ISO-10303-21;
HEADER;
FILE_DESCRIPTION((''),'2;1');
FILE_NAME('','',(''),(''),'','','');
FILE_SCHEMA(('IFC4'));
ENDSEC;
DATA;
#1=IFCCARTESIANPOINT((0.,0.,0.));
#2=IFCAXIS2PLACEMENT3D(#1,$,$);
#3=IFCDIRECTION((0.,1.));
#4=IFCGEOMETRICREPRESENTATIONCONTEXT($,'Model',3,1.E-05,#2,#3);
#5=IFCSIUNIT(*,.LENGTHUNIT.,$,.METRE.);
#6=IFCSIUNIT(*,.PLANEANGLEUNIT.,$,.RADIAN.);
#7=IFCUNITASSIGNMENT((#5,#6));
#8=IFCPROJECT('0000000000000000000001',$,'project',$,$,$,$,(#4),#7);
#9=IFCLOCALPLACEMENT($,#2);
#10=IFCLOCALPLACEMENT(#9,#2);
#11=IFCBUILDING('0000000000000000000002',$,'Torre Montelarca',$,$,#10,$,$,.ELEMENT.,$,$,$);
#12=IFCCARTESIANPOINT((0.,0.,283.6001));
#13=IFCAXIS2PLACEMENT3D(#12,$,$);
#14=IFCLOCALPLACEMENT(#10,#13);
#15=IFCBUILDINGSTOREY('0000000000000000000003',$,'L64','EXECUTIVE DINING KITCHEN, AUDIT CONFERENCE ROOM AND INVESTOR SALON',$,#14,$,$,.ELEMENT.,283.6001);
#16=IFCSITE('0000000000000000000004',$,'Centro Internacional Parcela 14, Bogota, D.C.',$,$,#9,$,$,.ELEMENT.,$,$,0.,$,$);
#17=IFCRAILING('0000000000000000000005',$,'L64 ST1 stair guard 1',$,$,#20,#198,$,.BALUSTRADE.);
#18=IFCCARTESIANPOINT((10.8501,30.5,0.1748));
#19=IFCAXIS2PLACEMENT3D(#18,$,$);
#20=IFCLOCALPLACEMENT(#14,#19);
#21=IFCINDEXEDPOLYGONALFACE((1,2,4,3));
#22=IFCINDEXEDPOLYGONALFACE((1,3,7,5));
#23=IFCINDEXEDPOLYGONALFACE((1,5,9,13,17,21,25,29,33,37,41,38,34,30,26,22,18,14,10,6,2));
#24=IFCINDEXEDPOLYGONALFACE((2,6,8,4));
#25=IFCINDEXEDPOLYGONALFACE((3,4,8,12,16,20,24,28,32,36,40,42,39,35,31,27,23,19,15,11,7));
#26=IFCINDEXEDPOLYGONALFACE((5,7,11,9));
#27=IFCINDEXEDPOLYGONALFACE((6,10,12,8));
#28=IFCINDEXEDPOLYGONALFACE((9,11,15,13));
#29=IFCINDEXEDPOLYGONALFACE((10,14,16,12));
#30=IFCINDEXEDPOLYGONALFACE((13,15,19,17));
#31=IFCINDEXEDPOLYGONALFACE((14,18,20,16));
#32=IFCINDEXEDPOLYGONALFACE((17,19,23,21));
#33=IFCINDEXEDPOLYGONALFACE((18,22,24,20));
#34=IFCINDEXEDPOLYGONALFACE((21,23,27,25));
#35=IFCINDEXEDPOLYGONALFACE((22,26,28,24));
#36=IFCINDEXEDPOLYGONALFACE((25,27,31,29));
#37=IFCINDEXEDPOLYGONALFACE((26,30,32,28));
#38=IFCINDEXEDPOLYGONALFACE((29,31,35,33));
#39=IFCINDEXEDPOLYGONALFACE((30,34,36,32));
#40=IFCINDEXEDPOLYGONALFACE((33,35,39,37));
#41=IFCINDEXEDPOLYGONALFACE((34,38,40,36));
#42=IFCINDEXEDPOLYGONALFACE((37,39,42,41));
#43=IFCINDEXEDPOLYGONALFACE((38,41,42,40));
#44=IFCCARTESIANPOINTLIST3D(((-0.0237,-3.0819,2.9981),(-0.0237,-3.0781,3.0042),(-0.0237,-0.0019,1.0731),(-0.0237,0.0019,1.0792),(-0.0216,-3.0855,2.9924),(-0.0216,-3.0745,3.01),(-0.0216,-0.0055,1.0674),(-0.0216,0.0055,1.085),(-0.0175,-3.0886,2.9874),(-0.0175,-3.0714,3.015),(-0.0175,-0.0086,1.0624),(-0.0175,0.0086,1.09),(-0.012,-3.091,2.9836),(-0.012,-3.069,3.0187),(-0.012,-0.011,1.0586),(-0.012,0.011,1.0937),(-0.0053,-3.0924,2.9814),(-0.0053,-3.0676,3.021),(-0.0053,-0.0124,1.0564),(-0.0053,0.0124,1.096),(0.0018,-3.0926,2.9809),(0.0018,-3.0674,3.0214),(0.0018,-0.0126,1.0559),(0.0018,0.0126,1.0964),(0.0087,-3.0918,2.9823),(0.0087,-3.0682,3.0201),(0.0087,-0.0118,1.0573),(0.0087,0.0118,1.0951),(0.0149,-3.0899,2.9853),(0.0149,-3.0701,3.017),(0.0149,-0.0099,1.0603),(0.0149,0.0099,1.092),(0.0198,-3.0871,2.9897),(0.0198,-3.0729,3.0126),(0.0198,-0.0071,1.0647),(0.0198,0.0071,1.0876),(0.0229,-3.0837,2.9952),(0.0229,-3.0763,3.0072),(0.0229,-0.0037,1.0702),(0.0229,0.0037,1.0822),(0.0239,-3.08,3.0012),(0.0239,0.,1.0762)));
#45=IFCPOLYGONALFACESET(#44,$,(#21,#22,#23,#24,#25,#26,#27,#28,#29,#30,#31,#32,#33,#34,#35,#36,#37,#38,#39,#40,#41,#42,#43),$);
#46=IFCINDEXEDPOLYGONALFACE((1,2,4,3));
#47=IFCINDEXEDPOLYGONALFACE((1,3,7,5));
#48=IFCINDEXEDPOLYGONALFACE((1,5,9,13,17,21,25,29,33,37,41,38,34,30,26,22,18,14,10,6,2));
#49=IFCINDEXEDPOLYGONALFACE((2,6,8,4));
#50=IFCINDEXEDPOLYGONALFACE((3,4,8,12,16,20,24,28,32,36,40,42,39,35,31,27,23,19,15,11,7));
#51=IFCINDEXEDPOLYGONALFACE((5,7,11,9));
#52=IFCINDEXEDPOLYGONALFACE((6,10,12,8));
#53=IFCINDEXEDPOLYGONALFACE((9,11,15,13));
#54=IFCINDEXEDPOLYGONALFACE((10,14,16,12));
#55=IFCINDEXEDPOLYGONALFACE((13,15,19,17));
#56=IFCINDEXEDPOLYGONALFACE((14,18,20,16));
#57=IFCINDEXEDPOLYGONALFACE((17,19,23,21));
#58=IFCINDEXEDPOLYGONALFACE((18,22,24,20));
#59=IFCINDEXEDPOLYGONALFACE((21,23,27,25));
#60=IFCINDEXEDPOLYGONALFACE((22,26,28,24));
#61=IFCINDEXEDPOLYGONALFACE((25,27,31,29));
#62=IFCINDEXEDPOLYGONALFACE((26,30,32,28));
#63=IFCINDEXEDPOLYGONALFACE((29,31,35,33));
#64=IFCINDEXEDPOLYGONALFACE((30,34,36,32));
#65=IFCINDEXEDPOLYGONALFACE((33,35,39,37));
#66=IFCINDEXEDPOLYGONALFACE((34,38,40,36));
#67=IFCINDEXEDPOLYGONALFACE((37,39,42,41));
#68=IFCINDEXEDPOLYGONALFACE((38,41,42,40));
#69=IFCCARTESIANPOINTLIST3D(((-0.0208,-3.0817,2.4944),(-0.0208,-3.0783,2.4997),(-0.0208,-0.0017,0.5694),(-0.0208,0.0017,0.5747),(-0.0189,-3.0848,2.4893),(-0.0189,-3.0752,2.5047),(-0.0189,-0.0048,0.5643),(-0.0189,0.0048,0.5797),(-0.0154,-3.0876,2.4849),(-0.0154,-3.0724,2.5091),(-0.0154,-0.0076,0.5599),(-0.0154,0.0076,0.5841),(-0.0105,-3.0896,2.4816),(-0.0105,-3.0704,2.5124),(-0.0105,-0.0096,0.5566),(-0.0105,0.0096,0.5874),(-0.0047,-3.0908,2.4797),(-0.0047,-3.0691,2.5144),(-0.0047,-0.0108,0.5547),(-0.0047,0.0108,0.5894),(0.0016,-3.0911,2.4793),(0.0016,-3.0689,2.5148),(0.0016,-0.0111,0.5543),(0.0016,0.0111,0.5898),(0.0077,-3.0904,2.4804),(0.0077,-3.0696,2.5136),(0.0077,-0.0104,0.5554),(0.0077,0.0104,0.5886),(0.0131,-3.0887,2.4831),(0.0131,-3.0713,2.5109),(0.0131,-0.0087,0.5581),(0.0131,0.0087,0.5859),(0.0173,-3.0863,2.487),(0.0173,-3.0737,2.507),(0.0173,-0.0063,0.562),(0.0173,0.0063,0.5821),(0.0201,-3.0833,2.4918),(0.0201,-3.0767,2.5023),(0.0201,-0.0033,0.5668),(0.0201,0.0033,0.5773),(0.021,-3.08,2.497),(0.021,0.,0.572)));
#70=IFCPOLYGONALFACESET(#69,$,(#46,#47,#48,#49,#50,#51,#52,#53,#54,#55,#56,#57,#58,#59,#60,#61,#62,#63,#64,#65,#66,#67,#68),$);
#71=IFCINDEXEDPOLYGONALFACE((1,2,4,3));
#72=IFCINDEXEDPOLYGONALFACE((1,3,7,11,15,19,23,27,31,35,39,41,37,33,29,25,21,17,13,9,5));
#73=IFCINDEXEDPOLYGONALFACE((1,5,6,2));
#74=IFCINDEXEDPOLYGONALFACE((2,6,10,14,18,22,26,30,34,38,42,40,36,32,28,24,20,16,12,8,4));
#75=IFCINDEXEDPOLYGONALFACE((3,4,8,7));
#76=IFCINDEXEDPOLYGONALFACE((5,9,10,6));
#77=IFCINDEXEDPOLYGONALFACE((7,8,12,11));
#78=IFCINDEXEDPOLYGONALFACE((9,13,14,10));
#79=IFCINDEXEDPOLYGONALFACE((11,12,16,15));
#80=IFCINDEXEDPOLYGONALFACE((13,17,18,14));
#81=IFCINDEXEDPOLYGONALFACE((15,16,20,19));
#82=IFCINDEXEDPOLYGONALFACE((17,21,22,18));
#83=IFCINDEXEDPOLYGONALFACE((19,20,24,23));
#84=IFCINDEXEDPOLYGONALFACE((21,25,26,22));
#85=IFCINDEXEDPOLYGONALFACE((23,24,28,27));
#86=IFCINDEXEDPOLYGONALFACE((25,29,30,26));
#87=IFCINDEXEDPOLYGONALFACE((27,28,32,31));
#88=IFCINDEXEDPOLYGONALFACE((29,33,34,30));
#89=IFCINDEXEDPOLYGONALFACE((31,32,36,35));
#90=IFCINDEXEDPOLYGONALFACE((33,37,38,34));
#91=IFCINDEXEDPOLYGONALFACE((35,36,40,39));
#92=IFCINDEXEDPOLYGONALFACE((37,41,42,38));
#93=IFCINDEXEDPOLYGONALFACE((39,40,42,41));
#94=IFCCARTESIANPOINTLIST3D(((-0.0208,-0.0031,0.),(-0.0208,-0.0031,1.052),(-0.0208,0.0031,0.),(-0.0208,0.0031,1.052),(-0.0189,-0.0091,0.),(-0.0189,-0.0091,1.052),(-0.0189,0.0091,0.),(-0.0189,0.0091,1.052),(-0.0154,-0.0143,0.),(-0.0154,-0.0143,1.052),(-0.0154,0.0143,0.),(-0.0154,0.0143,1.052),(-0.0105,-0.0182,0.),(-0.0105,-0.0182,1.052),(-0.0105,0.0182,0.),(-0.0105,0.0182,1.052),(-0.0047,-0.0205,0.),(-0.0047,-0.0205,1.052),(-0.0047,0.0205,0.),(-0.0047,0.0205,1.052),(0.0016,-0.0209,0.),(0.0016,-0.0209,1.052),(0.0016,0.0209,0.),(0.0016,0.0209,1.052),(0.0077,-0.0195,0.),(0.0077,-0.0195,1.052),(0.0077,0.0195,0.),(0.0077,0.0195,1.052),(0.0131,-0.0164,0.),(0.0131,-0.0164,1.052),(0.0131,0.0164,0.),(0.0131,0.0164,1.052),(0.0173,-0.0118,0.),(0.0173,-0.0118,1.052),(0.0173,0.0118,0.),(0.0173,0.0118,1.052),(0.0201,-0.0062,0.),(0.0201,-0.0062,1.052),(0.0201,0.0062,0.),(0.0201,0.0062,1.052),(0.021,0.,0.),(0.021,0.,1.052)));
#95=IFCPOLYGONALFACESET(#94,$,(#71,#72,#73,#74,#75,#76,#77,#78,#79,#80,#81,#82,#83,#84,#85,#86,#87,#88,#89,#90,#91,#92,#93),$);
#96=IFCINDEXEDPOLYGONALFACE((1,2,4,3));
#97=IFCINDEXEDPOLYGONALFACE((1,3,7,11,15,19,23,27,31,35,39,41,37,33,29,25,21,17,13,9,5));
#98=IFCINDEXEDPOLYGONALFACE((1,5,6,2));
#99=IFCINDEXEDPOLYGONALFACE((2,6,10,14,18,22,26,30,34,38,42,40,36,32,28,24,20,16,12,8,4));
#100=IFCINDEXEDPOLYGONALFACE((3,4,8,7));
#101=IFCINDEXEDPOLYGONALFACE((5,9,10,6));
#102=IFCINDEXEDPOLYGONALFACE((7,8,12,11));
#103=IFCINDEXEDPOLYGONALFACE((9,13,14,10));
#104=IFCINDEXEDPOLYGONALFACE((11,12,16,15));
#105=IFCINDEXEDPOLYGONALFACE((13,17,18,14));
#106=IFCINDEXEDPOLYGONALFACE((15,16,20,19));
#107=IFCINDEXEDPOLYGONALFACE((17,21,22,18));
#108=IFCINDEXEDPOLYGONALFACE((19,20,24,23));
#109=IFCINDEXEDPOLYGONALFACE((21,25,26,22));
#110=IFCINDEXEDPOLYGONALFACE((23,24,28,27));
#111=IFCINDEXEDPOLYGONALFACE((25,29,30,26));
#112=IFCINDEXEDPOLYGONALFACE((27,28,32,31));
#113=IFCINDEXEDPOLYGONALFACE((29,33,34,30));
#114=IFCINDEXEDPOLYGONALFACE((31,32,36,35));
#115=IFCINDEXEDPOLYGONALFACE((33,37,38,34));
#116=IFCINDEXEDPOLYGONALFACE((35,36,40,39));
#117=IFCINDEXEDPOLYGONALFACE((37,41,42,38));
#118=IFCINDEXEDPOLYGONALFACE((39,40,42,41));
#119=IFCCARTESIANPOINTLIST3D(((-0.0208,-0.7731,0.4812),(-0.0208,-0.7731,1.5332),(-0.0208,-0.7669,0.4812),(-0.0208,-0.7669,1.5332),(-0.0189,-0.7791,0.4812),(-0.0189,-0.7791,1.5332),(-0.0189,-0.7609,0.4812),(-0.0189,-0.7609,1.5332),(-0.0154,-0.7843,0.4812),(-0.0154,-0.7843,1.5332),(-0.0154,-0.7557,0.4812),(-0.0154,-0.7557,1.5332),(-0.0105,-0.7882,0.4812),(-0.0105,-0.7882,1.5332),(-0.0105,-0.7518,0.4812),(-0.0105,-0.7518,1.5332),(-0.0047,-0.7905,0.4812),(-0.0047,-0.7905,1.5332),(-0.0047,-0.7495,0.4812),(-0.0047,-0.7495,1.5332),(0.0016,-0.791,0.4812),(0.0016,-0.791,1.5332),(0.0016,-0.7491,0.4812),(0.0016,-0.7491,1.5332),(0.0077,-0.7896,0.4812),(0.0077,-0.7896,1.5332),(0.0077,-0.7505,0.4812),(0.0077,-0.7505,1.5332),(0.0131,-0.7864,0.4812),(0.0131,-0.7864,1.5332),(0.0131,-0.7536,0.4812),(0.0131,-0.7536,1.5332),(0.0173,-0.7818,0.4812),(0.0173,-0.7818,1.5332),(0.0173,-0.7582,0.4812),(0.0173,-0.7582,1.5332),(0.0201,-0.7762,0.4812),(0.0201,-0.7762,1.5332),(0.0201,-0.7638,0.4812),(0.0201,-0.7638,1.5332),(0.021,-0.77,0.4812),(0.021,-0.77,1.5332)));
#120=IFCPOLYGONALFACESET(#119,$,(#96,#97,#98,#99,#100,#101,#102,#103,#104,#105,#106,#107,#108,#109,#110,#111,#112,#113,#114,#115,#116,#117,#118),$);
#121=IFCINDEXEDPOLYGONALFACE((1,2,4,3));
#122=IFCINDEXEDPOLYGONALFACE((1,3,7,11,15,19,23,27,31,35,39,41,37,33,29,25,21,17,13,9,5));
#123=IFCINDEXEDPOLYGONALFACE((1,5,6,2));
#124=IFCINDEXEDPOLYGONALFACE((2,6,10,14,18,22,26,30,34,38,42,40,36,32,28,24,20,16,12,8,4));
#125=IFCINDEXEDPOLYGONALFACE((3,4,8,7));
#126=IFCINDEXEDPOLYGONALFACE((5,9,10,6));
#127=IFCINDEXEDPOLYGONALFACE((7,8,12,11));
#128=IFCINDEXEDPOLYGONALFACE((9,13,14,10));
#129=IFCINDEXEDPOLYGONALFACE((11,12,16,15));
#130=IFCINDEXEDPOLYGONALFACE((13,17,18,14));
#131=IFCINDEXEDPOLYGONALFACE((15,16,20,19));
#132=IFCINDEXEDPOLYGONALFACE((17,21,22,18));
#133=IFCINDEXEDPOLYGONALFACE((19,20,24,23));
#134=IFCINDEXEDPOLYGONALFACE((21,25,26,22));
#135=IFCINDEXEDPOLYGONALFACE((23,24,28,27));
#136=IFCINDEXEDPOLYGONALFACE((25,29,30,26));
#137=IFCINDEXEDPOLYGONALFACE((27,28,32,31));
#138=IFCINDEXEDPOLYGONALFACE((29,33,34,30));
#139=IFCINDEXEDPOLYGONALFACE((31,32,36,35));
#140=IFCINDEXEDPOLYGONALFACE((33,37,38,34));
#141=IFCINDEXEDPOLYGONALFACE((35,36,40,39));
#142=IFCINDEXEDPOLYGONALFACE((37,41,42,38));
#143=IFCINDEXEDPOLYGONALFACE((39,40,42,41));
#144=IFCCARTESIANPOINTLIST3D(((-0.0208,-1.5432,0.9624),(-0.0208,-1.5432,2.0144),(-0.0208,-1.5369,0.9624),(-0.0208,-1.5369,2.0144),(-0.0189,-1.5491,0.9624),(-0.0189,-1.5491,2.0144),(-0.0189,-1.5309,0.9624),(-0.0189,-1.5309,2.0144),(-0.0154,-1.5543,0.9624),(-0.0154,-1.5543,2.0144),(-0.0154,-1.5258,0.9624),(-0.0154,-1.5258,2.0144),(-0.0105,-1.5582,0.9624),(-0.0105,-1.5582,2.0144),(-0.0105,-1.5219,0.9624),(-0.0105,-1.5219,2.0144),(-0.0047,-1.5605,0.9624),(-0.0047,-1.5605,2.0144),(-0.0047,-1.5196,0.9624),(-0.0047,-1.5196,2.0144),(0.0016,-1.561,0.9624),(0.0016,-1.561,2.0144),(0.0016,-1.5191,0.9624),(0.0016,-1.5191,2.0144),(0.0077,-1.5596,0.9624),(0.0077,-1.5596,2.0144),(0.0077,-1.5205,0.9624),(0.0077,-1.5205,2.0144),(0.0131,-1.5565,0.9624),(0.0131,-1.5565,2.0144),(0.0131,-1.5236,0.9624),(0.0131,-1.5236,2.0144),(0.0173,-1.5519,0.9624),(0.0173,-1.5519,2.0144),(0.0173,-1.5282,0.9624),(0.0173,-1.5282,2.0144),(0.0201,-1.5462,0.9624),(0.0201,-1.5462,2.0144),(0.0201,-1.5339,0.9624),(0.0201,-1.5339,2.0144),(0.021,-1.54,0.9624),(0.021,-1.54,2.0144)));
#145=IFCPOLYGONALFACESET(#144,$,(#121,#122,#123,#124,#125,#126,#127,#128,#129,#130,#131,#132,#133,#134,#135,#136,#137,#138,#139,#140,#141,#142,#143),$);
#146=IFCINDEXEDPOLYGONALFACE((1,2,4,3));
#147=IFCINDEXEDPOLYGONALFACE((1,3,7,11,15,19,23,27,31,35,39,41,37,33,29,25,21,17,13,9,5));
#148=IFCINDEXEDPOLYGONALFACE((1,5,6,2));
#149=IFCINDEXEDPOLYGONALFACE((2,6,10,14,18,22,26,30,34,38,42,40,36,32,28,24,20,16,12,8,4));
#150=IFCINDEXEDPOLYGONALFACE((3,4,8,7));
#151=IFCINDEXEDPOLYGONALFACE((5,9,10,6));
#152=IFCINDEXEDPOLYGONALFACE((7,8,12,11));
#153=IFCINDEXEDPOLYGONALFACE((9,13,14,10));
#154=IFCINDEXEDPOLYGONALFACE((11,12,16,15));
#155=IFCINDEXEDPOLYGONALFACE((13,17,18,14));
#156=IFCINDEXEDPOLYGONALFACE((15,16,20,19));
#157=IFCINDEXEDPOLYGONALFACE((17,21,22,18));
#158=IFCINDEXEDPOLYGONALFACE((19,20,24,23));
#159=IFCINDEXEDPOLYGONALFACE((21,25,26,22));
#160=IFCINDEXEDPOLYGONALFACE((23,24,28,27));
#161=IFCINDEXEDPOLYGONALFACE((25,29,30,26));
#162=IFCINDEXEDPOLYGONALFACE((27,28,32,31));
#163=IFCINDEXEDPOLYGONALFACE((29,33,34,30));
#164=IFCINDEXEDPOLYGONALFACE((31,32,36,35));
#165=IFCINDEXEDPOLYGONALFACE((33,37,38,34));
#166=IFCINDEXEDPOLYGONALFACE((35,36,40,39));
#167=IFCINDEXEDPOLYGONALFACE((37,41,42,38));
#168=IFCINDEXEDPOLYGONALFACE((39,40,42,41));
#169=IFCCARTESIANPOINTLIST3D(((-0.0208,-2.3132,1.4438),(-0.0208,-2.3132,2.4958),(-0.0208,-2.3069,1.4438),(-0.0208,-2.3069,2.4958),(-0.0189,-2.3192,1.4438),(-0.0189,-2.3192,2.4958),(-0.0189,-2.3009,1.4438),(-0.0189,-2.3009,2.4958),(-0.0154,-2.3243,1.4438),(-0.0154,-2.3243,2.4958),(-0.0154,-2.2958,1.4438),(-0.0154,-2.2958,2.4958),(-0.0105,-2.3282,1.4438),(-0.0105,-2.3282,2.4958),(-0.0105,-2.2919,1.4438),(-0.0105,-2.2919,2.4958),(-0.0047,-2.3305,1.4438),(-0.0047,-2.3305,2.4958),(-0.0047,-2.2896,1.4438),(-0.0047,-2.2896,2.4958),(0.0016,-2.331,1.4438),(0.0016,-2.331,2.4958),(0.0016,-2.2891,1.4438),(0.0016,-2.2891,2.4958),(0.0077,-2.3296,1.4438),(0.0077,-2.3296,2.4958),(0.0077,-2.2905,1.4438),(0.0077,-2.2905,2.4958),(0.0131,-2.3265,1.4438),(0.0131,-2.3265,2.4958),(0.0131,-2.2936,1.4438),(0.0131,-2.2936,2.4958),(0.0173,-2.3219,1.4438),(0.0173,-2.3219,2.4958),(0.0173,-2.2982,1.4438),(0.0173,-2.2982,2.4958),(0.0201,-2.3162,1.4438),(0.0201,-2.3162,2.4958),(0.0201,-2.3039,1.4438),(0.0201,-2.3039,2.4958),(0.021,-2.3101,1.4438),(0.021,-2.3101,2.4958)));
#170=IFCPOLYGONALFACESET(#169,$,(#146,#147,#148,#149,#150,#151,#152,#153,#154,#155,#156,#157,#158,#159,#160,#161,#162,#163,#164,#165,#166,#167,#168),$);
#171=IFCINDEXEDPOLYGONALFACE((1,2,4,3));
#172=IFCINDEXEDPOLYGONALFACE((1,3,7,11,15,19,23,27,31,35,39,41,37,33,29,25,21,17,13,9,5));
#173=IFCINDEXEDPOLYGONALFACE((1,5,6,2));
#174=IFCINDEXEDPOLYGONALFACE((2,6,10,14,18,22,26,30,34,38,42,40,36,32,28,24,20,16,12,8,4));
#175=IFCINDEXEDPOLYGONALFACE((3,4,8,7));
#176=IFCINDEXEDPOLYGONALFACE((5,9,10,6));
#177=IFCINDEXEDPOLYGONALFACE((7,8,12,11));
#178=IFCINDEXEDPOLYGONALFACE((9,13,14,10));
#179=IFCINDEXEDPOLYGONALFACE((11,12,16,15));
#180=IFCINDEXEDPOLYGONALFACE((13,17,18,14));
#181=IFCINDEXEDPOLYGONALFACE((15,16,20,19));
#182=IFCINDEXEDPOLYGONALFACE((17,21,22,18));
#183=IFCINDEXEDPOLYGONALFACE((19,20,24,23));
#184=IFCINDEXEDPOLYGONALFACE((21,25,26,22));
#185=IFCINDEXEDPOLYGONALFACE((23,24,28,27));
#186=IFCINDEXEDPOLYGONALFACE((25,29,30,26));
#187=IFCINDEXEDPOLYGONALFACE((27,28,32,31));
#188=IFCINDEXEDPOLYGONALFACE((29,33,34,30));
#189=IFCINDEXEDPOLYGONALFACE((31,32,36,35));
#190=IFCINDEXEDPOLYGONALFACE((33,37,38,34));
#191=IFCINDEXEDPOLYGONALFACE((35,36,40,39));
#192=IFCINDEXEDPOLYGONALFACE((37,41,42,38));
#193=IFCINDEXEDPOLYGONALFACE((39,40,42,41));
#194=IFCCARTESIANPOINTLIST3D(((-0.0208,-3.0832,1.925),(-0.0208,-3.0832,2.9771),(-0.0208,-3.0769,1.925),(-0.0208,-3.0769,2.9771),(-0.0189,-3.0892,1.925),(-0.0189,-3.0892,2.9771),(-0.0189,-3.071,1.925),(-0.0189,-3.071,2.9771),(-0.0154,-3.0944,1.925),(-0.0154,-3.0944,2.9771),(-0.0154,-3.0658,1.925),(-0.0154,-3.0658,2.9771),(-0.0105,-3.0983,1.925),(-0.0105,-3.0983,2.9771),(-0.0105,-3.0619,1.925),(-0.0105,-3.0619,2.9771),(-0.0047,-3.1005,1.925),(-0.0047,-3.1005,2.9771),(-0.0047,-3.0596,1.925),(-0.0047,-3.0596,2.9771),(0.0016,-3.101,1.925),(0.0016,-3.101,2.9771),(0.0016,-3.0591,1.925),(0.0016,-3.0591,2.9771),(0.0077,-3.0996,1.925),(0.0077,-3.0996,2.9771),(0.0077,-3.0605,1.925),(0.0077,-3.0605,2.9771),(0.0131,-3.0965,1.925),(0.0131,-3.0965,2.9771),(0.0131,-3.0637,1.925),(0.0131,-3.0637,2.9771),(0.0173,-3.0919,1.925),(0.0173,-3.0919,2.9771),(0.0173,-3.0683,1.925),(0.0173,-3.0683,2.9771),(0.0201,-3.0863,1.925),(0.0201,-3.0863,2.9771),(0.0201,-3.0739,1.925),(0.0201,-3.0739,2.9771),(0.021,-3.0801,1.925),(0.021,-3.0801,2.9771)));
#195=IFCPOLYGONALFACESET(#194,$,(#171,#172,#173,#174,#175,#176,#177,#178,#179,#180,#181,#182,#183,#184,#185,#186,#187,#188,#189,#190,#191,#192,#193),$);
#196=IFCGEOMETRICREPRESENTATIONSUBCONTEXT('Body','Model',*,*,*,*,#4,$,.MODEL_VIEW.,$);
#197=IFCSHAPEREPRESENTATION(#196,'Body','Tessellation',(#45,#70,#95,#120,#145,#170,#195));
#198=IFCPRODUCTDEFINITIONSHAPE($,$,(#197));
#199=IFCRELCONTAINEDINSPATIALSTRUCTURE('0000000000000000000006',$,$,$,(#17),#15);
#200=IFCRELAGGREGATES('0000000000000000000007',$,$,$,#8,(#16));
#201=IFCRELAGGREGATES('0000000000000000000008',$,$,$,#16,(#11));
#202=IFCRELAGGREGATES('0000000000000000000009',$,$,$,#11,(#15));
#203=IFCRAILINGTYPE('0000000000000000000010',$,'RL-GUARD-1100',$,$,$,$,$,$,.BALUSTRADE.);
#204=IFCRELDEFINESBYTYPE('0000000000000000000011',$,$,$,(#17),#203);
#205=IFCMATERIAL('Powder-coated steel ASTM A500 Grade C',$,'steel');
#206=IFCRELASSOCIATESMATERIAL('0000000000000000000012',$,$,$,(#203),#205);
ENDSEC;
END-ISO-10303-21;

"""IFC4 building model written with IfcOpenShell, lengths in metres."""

from ifc_helpers import new_model, si_unit, direction, frame, origin, origin_2d, place, context, subcontext, project, spatial, circle, extrude, material, type_object, element, save


model = new_model("IFC4")

# Units and contexts
model_context = context("Model", 3, precision=1e-05, world=origin(), true_north=direction((0.0, 1.0)))
body_context = subcontext(model_context, "Body", "Model", "MODEL_VIEW")
ifc_project = project(units=[si_unit("LENGTHUNIT", "METRE"), si_unit("PLANEANGLEUNIT", "RADIAN")], contexts=[model_context])

# Site, building, storey
site_placement = place(None, origin())
site = spatial("IfcSite", under=ifc_project, at=site_placement, Name="Centro Internacional Parcela 14, Bogota, D.C.", CompositionType="ELEMENT", RefElevation=0.0)
building_placement = place(site_placement, origin())
building = spatial("IfcBuilding", under=site, at=building_placement, Name="Torre Montelarca", CompositionType="ELEMENT")
storey_placement = place(building_placement, frame((0.0, 0.0, 283.6001)))
storey = spatial("IfcBuildingStorey", under=building, at=storey_placement, Name="L64", Description="EXECUTIVE DINING KITCHEN, AUDIT CONFERENCE ROOM AND INVESTOR SALON", CompositionType="ELEMENT", Elevation=283.6001)

# Railing
ifc_material_1 = material(Name="Powder-coated steel ASTM A500 Grade C", Category="steel")
railing_type_1 = type_object("IfcRailingType", Name="RL-GUARD-1100", PredefinedType="BALUSTRADE", material=ifc_material_1)
railing_1_placement = place(storey_placement, frame((10.8501, 30.5, 0.1748)))
element("IfcRailing", 1, at=railing_1_placement, inside=storey, type_object=railing_type_1, Name="L64 ST1 stair guard 1", PredefinedType="BALUSTRADE", context=body_context, shape_type="SweptSolid", body=[
    extrude(circle(Radius=0.0239, at=origin_2d()), frame((0.0, 0.0, 1.0762), z_axis=(0.0, -0.847998, 0.529999), x_axis=(1.0, 0.0, 0.0)), (0.0, 0.0, 1.0), 3.6321),
    extrude(circle(Radius=0.021, at=origin_2d()), frame((0.0, 0.0, 0.572), z_axis=(0.0, -0.847998, 0.529999), x_axis=(1.0, 0.0, 0.0)), (0.0, 0.0, 1.0), 3.6321),
    extrude(circle(Radius=0.021, at=origin_2d()), origin(), (0.0, 0.0, 1.0), 1.052),
    extrude(circle(Radius=0.021, at=origin_2d()), frame((0.0, -0.77, 0.4812)), (0.0, 0.0, 1.0), 1.052),
    extrude(circle(Radius=0.021, at=origin_2d()), frame((0.0, -1.54, 0.9624)), (0.0, 0.0, 1.0), 1.052),
    extrude(circle(Radius=0.021, at=origin_2d()), frame((0.0, -2.3101, 1.4438)), (0.0, 0.0, 1.0), 1.052),
    extrude(circle(Radius=0.021, at=origin_2d()), frame((0.0, -3.0801, 1.925)), (0.0, 0.0, 1.0), 1.052),
])

save(model, "model.ifc")
